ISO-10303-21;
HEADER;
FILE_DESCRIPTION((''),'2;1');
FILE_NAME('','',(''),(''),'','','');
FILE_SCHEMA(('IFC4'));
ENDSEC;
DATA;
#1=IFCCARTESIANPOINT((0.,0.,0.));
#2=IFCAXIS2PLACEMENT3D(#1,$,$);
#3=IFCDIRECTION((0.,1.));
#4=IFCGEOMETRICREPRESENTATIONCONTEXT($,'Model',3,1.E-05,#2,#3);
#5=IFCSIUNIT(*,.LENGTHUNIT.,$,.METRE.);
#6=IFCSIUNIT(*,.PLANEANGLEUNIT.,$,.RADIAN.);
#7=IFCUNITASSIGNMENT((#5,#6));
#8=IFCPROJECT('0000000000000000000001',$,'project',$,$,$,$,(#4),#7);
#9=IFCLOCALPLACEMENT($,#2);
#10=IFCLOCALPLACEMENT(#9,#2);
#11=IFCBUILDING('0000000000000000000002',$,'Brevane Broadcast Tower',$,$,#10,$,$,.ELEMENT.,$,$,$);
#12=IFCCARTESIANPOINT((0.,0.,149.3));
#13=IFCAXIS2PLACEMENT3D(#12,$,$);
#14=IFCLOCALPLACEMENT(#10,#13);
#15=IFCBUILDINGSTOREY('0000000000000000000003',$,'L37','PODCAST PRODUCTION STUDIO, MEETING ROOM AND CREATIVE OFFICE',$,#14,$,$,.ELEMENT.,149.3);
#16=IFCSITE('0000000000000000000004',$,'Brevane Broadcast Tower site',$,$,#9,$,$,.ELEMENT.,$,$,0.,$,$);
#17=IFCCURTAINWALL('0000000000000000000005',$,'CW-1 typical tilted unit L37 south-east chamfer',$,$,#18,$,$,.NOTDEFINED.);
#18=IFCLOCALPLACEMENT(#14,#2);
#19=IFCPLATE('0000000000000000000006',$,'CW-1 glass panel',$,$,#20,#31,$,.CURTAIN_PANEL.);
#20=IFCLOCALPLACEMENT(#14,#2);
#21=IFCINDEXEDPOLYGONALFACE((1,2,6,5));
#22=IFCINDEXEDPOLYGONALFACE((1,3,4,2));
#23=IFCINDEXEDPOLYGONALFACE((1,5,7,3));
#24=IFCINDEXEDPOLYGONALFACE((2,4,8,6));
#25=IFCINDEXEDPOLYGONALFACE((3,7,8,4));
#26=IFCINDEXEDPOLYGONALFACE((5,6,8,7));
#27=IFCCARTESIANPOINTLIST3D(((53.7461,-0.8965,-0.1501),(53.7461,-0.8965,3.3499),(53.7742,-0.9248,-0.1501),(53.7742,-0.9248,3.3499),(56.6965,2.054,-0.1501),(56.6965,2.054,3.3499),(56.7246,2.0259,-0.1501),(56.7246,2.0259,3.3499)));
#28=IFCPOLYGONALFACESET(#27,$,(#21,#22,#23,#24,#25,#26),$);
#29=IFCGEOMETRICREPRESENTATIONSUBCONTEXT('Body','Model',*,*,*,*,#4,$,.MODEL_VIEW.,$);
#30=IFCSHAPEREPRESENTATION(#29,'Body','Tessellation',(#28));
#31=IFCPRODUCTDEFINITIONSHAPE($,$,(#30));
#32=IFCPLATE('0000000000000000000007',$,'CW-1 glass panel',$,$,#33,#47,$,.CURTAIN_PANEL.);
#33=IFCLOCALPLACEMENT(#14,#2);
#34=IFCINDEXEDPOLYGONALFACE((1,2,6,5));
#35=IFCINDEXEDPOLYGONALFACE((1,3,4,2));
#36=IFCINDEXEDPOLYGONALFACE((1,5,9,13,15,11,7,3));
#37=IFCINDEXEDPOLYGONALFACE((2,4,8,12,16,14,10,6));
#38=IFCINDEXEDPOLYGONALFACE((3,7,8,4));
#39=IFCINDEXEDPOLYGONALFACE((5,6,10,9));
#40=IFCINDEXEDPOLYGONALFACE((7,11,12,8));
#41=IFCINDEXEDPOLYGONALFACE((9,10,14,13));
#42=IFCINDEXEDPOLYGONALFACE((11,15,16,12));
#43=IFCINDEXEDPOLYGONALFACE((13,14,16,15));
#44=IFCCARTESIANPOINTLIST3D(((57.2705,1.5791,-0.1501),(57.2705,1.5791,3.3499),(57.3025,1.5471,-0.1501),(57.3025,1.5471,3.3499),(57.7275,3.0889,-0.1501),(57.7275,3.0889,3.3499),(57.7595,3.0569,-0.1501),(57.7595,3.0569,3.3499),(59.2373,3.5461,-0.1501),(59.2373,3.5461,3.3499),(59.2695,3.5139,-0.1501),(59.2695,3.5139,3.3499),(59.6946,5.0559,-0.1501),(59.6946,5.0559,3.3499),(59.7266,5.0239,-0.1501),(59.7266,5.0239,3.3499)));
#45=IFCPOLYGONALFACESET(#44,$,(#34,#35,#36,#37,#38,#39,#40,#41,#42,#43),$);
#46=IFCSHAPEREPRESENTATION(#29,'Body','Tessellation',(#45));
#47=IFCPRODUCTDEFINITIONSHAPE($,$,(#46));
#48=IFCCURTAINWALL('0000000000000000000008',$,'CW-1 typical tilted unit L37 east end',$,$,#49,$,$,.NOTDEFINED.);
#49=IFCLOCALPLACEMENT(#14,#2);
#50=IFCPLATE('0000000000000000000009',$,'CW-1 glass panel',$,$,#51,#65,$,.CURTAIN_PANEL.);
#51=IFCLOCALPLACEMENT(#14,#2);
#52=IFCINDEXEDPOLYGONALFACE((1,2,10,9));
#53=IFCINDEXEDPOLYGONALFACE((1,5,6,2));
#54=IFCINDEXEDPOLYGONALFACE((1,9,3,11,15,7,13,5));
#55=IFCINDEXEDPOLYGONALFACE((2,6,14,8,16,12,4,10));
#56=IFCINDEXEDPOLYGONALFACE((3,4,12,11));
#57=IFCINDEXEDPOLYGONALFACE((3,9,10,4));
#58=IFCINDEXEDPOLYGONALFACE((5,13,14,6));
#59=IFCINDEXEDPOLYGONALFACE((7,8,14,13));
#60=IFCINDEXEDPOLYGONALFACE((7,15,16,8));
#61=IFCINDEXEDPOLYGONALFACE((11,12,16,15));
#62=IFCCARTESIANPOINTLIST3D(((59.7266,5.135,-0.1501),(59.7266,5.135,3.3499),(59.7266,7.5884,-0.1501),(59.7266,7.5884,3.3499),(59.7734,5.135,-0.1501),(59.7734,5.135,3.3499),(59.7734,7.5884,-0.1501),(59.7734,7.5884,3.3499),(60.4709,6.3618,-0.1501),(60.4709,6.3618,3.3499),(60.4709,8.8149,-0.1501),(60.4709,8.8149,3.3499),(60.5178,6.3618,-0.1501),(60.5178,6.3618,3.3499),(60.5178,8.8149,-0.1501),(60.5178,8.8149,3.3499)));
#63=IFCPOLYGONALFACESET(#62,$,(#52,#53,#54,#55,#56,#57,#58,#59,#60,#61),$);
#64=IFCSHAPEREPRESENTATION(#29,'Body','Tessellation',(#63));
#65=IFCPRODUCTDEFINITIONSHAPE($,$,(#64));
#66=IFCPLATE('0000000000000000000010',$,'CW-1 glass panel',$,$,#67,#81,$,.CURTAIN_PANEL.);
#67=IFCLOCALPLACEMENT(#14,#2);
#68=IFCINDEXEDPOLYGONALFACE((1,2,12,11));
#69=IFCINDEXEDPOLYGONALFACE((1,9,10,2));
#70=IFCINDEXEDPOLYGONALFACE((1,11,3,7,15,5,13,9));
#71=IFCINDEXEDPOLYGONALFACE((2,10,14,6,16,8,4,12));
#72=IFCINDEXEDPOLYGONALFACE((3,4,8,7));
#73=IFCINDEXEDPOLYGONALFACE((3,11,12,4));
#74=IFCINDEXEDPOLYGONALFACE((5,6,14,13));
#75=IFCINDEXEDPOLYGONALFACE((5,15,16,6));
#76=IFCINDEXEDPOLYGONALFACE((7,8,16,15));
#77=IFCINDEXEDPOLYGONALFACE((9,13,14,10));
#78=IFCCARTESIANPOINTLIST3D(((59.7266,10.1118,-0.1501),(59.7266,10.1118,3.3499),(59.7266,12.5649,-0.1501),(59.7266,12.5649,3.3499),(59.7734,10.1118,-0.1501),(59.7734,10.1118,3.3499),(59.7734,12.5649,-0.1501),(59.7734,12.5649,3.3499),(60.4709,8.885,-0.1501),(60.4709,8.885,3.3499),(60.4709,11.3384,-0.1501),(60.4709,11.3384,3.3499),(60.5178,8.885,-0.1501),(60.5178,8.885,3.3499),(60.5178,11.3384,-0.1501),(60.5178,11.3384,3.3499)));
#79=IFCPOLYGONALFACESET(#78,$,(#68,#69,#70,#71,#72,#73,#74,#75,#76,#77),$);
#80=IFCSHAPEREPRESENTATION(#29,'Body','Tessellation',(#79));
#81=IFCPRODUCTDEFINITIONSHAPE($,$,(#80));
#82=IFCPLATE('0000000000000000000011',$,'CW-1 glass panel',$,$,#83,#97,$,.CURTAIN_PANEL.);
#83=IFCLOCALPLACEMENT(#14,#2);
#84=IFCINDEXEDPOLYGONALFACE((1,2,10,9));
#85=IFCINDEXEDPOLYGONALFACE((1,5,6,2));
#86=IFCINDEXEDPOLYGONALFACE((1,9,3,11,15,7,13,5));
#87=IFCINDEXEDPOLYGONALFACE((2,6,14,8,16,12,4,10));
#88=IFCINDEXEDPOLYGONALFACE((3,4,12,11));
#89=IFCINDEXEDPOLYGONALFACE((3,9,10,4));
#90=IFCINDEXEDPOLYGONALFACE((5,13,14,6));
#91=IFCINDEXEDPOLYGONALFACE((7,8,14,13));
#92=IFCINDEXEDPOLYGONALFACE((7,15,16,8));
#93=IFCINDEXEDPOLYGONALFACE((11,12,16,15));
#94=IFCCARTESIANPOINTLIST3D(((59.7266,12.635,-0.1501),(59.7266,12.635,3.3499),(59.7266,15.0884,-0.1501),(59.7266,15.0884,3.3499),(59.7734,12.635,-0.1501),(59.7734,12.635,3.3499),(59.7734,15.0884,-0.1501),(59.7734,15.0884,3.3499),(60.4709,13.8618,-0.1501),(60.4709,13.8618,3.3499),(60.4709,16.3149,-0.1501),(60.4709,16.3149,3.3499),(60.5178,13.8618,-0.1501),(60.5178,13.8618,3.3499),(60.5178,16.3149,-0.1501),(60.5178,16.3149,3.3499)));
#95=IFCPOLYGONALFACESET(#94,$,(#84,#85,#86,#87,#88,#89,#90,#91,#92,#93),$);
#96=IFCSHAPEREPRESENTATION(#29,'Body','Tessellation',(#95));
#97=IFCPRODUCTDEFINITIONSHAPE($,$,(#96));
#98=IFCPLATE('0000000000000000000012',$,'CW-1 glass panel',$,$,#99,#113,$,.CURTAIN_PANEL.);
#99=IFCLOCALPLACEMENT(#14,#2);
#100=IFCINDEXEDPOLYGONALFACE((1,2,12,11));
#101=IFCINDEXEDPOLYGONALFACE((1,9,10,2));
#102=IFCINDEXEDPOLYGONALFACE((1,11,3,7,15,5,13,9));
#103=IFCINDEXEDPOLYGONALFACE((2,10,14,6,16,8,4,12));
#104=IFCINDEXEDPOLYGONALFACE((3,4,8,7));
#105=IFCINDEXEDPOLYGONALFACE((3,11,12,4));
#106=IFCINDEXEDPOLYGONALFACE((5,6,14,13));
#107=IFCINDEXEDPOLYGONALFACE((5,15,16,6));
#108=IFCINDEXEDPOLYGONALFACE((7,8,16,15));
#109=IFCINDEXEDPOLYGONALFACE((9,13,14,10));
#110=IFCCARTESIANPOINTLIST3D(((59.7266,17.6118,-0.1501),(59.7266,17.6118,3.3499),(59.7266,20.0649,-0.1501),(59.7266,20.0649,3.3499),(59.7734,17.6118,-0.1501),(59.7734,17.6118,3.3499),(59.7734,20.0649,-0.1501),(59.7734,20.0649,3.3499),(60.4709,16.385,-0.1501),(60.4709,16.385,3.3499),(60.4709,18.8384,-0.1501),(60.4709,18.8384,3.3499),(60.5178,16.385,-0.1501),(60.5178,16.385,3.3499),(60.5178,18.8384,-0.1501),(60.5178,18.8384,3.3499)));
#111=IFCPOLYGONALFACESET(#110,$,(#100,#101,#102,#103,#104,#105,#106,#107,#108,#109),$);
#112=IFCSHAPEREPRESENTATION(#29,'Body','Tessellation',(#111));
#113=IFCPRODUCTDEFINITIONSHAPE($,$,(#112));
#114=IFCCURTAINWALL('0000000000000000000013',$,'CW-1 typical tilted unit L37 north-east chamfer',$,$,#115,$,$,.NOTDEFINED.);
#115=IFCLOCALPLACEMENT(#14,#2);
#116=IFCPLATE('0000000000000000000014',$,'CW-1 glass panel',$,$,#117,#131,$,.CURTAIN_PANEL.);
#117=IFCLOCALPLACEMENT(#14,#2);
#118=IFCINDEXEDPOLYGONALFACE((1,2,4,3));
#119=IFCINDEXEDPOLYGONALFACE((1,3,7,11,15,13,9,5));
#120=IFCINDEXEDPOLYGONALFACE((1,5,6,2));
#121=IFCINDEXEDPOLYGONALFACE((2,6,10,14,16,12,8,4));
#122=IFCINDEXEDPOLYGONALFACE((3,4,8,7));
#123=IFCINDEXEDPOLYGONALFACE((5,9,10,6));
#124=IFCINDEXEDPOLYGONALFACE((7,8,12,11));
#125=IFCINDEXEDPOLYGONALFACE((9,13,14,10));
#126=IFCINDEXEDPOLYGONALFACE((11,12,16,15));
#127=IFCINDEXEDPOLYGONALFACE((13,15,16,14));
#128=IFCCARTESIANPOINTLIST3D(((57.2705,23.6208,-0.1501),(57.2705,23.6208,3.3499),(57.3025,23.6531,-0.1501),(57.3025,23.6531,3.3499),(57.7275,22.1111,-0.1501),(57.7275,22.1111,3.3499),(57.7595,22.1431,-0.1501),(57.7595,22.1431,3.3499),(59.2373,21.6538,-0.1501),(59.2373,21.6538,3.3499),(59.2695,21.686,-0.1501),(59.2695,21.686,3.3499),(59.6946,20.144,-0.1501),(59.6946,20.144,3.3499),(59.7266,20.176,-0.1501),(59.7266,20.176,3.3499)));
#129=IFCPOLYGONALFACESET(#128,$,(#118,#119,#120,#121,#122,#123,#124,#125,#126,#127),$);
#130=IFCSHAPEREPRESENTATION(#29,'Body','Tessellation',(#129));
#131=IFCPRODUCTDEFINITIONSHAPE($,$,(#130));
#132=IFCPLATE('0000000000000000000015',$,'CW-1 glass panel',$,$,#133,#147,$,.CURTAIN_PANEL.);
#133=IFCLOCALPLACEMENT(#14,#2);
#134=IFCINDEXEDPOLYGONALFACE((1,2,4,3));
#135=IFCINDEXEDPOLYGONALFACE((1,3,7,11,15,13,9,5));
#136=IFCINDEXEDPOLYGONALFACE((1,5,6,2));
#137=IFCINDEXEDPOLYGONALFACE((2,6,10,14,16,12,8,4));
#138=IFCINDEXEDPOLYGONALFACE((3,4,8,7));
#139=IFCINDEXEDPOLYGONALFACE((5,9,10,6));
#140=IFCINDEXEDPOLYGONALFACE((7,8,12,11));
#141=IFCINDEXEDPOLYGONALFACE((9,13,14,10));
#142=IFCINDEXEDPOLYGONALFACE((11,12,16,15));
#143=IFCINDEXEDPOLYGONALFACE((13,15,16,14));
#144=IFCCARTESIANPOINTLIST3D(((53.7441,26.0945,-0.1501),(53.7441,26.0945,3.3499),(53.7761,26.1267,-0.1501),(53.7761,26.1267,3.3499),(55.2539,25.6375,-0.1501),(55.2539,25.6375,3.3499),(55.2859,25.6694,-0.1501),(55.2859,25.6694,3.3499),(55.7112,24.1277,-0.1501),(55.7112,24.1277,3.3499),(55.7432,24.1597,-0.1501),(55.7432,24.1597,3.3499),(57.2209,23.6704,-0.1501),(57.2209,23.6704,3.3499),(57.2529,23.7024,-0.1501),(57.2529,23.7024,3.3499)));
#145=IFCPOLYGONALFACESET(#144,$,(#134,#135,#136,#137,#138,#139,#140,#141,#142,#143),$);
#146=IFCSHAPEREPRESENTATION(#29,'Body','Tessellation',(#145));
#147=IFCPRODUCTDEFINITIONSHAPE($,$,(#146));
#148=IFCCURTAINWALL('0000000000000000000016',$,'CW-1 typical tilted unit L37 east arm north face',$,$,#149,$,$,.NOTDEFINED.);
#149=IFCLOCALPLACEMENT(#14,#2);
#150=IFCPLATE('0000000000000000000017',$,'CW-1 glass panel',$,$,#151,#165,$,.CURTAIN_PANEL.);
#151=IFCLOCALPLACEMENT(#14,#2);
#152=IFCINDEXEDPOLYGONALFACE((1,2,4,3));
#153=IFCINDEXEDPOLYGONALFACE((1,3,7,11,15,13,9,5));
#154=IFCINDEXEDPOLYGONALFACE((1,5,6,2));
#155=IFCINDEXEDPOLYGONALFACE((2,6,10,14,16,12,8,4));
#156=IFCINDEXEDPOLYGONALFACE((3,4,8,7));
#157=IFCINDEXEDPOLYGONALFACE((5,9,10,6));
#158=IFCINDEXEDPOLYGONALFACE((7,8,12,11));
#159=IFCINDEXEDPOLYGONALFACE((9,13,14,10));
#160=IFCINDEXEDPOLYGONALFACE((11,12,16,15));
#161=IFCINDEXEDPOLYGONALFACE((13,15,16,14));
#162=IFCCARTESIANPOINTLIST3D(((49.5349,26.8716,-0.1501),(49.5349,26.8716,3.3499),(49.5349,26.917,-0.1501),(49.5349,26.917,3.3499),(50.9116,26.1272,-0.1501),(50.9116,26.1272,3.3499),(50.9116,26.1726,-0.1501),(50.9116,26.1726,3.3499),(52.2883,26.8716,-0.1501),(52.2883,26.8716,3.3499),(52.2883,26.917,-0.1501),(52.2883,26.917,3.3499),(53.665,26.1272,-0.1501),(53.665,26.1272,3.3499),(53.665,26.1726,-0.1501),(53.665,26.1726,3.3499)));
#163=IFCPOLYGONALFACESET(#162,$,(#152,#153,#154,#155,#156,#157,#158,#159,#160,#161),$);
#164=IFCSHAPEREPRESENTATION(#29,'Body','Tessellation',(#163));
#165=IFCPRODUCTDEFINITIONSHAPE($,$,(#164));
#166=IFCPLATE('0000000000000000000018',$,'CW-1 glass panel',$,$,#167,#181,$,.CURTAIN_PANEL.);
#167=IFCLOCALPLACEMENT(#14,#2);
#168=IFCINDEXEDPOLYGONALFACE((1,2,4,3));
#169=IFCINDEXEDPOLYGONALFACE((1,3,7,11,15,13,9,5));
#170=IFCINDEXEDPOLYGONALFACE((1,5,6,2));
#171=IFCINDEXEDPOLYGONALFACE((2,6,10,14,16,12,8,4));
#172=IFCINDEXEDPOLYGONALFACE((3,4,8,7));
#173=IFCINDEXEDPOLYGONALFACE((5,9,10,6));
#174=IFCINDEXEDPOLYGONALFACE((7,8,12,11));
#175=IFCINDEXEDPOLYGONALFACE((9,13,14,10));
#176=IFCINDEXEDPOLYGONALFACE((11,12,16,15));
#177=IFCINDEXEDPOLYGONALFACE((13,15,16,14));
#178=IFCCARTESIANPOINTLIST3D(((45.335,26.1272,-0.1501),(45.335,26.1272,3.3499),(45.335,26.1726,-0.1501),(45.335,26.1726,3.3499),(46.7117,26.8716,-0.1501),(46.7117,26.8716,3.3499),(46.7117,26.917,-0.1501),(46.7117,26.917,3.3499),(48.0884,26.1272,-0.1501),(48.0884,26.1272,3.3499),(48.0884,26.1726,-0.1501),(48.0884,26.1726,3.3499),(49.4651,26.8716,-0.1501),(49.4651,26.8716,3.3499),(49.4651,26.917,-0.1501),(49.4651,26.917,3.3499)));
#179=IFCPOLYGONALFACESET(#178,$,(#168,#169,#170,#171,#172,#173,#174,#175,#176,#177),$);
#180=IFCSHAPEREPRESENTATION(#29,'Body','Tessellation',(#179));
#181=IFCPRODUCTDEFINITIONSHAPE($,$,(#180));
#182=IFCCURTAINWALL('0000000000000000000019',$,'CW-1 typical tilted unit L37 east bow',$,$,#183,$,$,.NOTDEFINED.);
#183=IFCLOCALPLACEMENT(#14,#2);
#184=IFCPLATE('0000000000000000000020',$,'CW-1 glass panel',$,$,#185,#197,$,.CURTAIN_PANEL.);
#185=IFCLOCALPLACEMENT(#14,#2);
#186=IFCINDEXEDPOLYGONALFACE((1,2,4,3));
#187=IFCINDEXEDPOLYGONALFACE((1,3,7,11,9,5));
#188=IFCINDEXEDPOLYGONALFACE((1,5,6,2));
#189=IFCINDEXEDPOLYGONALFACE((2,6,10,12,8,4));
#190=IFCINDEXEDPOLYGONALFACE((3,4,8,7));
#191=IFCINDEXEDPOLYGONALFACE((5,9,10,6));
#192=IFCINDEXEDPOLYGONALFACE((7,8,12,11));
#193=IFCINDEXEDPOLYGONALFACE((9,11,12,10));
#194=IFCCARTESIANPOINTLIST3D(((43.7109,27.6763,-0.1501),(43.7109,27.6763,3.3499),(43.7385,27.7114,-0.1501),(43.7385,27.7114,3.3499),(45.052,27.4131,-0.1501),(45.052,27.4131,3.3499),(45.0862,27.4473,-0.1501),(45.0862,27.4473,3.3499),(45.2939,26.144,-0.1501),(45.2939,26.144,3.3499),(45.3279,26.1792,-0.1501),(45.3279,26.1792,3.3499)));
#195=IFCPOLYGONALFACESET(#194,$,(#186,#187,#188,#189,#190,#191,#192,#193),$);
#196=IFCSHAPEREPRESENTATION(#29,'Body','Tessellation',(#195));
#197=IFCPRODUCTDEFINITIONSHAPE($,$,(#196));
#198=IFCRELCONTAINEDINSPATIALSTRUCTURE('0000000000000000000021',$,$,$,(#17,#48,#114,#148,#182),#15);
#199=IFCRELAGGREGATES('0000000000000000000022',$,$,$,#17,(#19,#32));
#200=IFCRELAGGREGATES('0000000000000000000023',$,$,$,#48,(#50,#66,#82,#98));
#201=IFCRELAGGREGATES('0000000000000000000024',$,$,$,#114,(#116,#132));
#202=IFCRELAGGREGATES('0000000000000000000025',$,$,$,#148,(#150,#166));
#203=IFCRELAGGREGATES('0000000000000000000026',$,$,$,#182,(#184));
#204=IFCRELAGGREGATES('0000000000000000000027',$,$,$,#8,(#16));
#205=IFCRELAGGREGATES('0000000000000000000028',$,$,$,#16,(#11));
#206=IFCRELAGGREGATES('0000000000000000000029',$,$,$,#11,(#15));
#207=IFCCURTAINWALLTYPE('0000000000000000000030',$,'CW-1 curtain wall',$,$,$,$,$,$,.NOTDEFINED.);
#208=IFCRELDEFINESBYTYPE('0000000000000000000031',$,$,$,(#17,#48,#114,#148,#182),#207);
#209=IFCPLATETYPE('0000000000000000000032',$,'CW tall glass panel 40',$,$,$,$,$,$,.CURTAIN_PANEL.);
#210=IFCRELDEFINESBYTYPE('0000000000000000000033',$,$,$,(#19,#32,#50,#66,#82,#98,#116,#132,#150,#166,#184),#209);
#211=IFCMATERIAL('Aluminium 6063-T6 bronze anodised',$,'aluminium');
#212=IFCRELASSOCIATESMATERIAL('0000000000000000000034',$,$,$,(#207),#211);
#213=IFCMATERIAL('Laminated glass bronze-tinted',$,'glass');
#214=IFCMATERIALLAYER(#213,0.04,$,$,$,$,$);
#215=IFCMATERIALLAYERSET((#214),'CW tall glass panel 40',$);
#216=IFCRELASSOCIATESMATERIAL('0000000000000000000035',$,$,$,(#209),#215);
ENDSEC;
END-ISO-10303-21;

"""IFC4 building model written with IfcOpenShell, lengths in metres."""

from ifc_helpers import new_model, si_unit, direction, frame, origin, place, context, subcontext, project, spatial, polyline, outline, extrude, material, layer, layer_set, type_object, element, aggregate, save


model = new_model("IFC4")

# Units and contexts
model_context = context("Model", 3, precision=1e-05, world=origin(), true_north=direction((0.0, 1.0)))
body_context = subcontext(model_context, "Body", "Model", "MODEL_VIEW")
ifc_project = project(units=[si_unit("LENGTHUNIT", "METRE"), si_unit("PLANEANGLEUNIT", "RADIAN")], contexts=[model_context])

# Site, building, storey
site_placement = place(None, origin())
site = spatial("IfcSite", under=ifc_project, at=site_placement, Name="Brevane Broadcast Tower site", CompositionType="ELEMENT", RefElevation=0.0)
building_placement = place(site_placement, origin())
building = spatial("IfcBuilding", under=site, at=building_placement, Name="Brevane Broadcast Tower", CompositionType="ELEMENT")
storey_placement = place(building_placement, frame((0.0, 0.0, 149.3)))
storey = spatial("IfcBuildingStorey", under=building, at=storey_placement, Name="L37", Description="PODCAST PRODUCTION STUDIO, MEETING ROOM AND CREATIVE OFFICE", CompositionType="ELEMENT", Elevation=149.3)

# Curtain walls, plates
ifc_material_1 = material(Name="Aluminium 6063-T6 bronze anodised", Category="aluminium")
curtain_wall_type = type_object("IfcCurtainWallType", Name="CW-1 curtain wall", PredefinedType="NOTDEFINED", material=ifc_material_1)
ifc_material_2 = material(Name="Laminated glass bronze-tinted", Category="glass")
ifc_layer = layer(ifc_material_2, 0.04)
ifc_layer_set = layer_set([ifc_layer], Name="CW tall glass panel 40")
plate_type = type_object("IfcPlateType", Name="CW tall glass panel 40", PredefinedType="CURTAIN_PANEL", material=ifc_layer_set)
curtain_wall_1_placement = place(storey_placement, origin())
curtain_wall_1 = element("IfcCurtainWall", 1, at=curtain_wall_1_placement, inside=storey, type_object=curtain_wall_type, Name="CW-1 typical tilted unit L37 south-east chamfer", PredefinedType="NOTDEFINED")
plate_1_placement = place(storey_placement, frame((0.0, 0.0, -0.1501)))
plate_1 = element("IfcPlate", 2, at=plate_1_placement, type_object=plate_type, Name="CW-1 glass panel", PredefinedType="CURTAIN_PANEL", context=body_context, shape_type="SweptSolid", body=[
    extrude(outline(polyline([(53.7461, -0.8965), (56.6965, 2.054), (56.7246, 2.0259), (53.7742, -0.9248), (53.7461, -0.8965)])), origin(), (0.0, 0.0, 1.0), 3.5),
])
plate_2_placement = place(storey_placement, frame((0.0, 0.0, -0.1501)))
plate_2 = element("IfcPlate", 3, at=plate_2_placement, type_object=plate_type, Name="CW-1 glass panel", PredefinedType="CURTAIN_PANEL", context=body_context, shape_type="SweptSolid", body=[
    extrude(outline(polyline([(57.2705, 1.5791), (57.3025, 1.5471), (57.7595, 3.0569), (59.2695, 3.5139), (59.7266, 5.0239), (59.6946, 5.0559), (59.2373, 3.5461), (57.7275, 3.0889), (57.2705, 1.5791)])), origin(), (0.0, 0.0, 1.0), 3.5),
])
aggregate(curtain_wall_1, [plate_1, plate_2])
curtain_wall_2_placement = place(storey_placement, origin())
curtain_wall_2 = element("IfcCurtainWall", 4, at=curtain_wall_2_placement, inside=storey, type_object=curtain_wall_type, Name="CW-1 typical tilted unit L37 east end", PredefinedType="NOTDEFINED")
plate_3_placement = place(storey_placement, frame((0.0, 0.0, -0.1501)))
plate_3 = element("IfcPlate", 5, at=plate_3_placement, type_object=plate_type, Name="CW-1 glass panel", PredefinedType="CURTAIN_PANEL", context=body_context, shape_type="SweptSolid", body=[
    extrude(outline(polyline([(59.7266, 5.135), (59.7734, 5.135), (60.5178, 6.3618), (59.7734, 7.5884), (60.5178, 8.8149), (60.4709, 8.8149), (59.7266, 7.5884), (60.4709, 6.3618), (59.7266, 5.135)])), origin(), (0.0, 0.0, 1.0), 3.5),
])
plate_4_placement = place(storey_placement, frame((0.0, 0.0, -0.1501)))
plate_4 = element("IfcPlate", 6, at=plate_4_placement, type_object=plate_type, Name="CW-1 glass panel", PredefinedType="CURTAIN_PANEL", context=body_context, shape_type="SweptSolid", body=[
    extrude(outline(polyline([(60.4709, 8.885), (60.5178, 8.885), (59.7734, 10.1118), (60.5178, 11.3384), (59.7734, 12.5649), (59.7266, 12.5649), (60.4709, 11.3384), (59.7266, 10.1118), (60.4709, 8.885)])), origin(), (0.0, 0.0, 1.0), 3.5),
])
plate_5_placement = place(storey_placement, frame((0.0, 0.0, -0.1501)))
plate_5 = element("IfcPlate", 7, at=plate_5_placement, type_object=plate_type, Name="CW-1 glass panel", PredefinedType="CURTAIN_PANEL", context=body_context, shape_type="SweptSolid", body=[
    extrude(outline(polyline([(59.7266, 12.635), (59.7734, 12.635), (60.5178, 13.8618), (59.7734, 15.0884), (60.5178, 16.3149), (60.4709, 16.3149), (59.7266, 15.0884), (60.4709, 13.8618), (59.7266, 12.635)])), origin(), (0.0, 0.0, 1.0), 3.5),
])
plate_6_placement = place(storey_placement, frame((0.0, 0.0, -0.1501)))
plate_6 = element("IfcPlate", 8, at=plate_6_placement, type_object=plate_type, Name="CW-1 glass panel", PredefinedType="CURTAIN_PANEL", context=body_context, shape_type="SweptSolid", body=[
    extrude(outline(polyline([(60.4709, 16.385), (60.5178, 16.385), (59.7734, 17.6118), (60.5178, 18.8384), (59.7734, 20.0649), (59.7266, 20.0649), (60.4709, 18.8384), (59.7266, 17.6118), (60.4709, 16.385)])), origin(), (0.0, 0.0, 1.0), 3.5),
])
aggregate(curtain_wall_2, [plate_3, plate_4, plate_5, plate_6])
curtain_wall_3_placement = place(storey_placement, origin())
curtain_wall_3 = element("IfcCurtainWall", 9, at=curtain_wall_3_placement, inside=storey, type_object=curtain_wall_type, Name="CW-1 typical tilted unit L37 north-east chamfer", PredefinedType="NOTDEFINED")
plate_7_placement = place(storey_placement, frame((0.0, 0.0, -0.1501)))
plate_7 = element("IfcPlate", 10, at=plate_7_placement, type_object=plate_type, Name="CW-1 glass panel", PredefinedType="CURTAIN_PANEL", context=body_context, shape_type="SweptSolid", body=[
    extrude(outline(polyline([(59.6946, 20.144), (59.7266, 20.176), (59.2695, 21.686), (57.7595, 22.1431), (57.3025, 23.6531), (57.2705, 23.6208), (57.7275, 22.1111), (59.2373, 21.6538), (59.6946, 20.144)])), origin(), (0.0, 0.0, 1.0), 3.5),
])
plate_8_placement = place(storey_placement, frame((0.0, 0.0, -0.1501)))
plate_8 = element("IfcPlate", 11, at=plate_8_placement, type_object=plate_type, Name="CW-1 glass panel", PredefinedType="CURTAIN_PANEL", context=body_context, shape_type="SweptSolid", body=[
    extrude(outline(polyline([(57.2209, 23.6704), (57.2529, 23.7024), (55.7432, 24.1597), (55.2859, 25.6694), (53.7761, 26.1267), (53.7441, 26.0945), (55.2539, 25.6375), (55.7112, 24.1277), (57.2209, 23.6704)])), origin(), (0.0, 0.0, 1.0), 3.5),
])
aggregate(curtain_wall_3, [plate_7, plate_8])
curtain_wall_4_placement = place(storey_placement, origin())
curtain_wall_4 = element("IfcCurtainWall", 12, at=curtain_wall_4_placement, inside=storey, type_object=curtain_wall_type, Name="CW-1 typical tilted unit L37 east arm north face", PredefinedType="NOTDEFINED")
plate_9_placement = place(storey_placement, frame((0.0, 0.0, -0.1501)))
plate_9 = element("IfcPlate", 13, at=plate_9_placement, type_object=plate_type, Name="CW-1 glass panel", PredefinedType="CURTAIN_PANEL", context=body_context, shape_type="SweptSolid", body=[
    extrude(outline(polyline([(53.665, 26.1272), (53.665, 26.1726), (52.2883, 26.917), (50.9116, 26.1726), (49.5349, 26.917), (49.5349, 26.8716), (50.9116, 26.1272), (52.2883, 26.8716), (53.665, 26.1272)])), origin(), (0.0, 0.0, 1.0), 3.5),
])
plate_10_placement = place(storey_placement, frame((0.0, 0.0, -0.1501)))
plate_10 = element("IfcPlate", 14, at=plate_10_placement, type_object=plate_type, Name="CW-1 glass panel", PredefinedType="CURTAIN_PANEL", context=body_context, shape_type="SweptSolid", body=[
    extrude(outline(polyline([(49.4651, 26.8716), (49.4651, 26.917), (48.0884, 26.1726), (46.7117, 26.917), (45.335, 26.1726), (45.335, 26.1272), (46.7117, 26.8716), (48.0884, 26.1272), (49.4651, 26.8716)])), origin(), (0.0, 0.0, 1.0), 3.5),
])
aggregate(curtain_wall_4, [plate_9, plate_10])
curtain_wall_5_placement = place(storey_placement, origin())
curtain_wall_5 = element("IfcCurtainWall", 15, at=curtain_wall_5_placement, inside=storey, type_object=curtain_wall_type, Name="CW-1 typical tilted unit L37 east bow", PredefinedType="NOTDEFINED")
plate_11_placement = place(storey_placement, frame((0.0, 0.0, -0.1501)))
plate_11 = element("IfcPlate", 16, at=plate_11_placement, type_object=plate_type, Name="CW-1 glass panel", PredefinedType="CURTAIN_PANEL", context=body_context, shape_type="SweptSolid", body=[
    extrude(outline(polyline([(45.2939, 26.144), (45.3279, 26.1792), (45.0862, 27.4473), (43.7385, 27.7114), (43.7109, 27.6763), (45.052, 27.4131), (45.2939, 26.144)])), origin(), (0.0, 0.0, 1.0), 3.5),
])
aggregate(curtain_wall_5, [plate_11])

save(model, "model.ifc")
